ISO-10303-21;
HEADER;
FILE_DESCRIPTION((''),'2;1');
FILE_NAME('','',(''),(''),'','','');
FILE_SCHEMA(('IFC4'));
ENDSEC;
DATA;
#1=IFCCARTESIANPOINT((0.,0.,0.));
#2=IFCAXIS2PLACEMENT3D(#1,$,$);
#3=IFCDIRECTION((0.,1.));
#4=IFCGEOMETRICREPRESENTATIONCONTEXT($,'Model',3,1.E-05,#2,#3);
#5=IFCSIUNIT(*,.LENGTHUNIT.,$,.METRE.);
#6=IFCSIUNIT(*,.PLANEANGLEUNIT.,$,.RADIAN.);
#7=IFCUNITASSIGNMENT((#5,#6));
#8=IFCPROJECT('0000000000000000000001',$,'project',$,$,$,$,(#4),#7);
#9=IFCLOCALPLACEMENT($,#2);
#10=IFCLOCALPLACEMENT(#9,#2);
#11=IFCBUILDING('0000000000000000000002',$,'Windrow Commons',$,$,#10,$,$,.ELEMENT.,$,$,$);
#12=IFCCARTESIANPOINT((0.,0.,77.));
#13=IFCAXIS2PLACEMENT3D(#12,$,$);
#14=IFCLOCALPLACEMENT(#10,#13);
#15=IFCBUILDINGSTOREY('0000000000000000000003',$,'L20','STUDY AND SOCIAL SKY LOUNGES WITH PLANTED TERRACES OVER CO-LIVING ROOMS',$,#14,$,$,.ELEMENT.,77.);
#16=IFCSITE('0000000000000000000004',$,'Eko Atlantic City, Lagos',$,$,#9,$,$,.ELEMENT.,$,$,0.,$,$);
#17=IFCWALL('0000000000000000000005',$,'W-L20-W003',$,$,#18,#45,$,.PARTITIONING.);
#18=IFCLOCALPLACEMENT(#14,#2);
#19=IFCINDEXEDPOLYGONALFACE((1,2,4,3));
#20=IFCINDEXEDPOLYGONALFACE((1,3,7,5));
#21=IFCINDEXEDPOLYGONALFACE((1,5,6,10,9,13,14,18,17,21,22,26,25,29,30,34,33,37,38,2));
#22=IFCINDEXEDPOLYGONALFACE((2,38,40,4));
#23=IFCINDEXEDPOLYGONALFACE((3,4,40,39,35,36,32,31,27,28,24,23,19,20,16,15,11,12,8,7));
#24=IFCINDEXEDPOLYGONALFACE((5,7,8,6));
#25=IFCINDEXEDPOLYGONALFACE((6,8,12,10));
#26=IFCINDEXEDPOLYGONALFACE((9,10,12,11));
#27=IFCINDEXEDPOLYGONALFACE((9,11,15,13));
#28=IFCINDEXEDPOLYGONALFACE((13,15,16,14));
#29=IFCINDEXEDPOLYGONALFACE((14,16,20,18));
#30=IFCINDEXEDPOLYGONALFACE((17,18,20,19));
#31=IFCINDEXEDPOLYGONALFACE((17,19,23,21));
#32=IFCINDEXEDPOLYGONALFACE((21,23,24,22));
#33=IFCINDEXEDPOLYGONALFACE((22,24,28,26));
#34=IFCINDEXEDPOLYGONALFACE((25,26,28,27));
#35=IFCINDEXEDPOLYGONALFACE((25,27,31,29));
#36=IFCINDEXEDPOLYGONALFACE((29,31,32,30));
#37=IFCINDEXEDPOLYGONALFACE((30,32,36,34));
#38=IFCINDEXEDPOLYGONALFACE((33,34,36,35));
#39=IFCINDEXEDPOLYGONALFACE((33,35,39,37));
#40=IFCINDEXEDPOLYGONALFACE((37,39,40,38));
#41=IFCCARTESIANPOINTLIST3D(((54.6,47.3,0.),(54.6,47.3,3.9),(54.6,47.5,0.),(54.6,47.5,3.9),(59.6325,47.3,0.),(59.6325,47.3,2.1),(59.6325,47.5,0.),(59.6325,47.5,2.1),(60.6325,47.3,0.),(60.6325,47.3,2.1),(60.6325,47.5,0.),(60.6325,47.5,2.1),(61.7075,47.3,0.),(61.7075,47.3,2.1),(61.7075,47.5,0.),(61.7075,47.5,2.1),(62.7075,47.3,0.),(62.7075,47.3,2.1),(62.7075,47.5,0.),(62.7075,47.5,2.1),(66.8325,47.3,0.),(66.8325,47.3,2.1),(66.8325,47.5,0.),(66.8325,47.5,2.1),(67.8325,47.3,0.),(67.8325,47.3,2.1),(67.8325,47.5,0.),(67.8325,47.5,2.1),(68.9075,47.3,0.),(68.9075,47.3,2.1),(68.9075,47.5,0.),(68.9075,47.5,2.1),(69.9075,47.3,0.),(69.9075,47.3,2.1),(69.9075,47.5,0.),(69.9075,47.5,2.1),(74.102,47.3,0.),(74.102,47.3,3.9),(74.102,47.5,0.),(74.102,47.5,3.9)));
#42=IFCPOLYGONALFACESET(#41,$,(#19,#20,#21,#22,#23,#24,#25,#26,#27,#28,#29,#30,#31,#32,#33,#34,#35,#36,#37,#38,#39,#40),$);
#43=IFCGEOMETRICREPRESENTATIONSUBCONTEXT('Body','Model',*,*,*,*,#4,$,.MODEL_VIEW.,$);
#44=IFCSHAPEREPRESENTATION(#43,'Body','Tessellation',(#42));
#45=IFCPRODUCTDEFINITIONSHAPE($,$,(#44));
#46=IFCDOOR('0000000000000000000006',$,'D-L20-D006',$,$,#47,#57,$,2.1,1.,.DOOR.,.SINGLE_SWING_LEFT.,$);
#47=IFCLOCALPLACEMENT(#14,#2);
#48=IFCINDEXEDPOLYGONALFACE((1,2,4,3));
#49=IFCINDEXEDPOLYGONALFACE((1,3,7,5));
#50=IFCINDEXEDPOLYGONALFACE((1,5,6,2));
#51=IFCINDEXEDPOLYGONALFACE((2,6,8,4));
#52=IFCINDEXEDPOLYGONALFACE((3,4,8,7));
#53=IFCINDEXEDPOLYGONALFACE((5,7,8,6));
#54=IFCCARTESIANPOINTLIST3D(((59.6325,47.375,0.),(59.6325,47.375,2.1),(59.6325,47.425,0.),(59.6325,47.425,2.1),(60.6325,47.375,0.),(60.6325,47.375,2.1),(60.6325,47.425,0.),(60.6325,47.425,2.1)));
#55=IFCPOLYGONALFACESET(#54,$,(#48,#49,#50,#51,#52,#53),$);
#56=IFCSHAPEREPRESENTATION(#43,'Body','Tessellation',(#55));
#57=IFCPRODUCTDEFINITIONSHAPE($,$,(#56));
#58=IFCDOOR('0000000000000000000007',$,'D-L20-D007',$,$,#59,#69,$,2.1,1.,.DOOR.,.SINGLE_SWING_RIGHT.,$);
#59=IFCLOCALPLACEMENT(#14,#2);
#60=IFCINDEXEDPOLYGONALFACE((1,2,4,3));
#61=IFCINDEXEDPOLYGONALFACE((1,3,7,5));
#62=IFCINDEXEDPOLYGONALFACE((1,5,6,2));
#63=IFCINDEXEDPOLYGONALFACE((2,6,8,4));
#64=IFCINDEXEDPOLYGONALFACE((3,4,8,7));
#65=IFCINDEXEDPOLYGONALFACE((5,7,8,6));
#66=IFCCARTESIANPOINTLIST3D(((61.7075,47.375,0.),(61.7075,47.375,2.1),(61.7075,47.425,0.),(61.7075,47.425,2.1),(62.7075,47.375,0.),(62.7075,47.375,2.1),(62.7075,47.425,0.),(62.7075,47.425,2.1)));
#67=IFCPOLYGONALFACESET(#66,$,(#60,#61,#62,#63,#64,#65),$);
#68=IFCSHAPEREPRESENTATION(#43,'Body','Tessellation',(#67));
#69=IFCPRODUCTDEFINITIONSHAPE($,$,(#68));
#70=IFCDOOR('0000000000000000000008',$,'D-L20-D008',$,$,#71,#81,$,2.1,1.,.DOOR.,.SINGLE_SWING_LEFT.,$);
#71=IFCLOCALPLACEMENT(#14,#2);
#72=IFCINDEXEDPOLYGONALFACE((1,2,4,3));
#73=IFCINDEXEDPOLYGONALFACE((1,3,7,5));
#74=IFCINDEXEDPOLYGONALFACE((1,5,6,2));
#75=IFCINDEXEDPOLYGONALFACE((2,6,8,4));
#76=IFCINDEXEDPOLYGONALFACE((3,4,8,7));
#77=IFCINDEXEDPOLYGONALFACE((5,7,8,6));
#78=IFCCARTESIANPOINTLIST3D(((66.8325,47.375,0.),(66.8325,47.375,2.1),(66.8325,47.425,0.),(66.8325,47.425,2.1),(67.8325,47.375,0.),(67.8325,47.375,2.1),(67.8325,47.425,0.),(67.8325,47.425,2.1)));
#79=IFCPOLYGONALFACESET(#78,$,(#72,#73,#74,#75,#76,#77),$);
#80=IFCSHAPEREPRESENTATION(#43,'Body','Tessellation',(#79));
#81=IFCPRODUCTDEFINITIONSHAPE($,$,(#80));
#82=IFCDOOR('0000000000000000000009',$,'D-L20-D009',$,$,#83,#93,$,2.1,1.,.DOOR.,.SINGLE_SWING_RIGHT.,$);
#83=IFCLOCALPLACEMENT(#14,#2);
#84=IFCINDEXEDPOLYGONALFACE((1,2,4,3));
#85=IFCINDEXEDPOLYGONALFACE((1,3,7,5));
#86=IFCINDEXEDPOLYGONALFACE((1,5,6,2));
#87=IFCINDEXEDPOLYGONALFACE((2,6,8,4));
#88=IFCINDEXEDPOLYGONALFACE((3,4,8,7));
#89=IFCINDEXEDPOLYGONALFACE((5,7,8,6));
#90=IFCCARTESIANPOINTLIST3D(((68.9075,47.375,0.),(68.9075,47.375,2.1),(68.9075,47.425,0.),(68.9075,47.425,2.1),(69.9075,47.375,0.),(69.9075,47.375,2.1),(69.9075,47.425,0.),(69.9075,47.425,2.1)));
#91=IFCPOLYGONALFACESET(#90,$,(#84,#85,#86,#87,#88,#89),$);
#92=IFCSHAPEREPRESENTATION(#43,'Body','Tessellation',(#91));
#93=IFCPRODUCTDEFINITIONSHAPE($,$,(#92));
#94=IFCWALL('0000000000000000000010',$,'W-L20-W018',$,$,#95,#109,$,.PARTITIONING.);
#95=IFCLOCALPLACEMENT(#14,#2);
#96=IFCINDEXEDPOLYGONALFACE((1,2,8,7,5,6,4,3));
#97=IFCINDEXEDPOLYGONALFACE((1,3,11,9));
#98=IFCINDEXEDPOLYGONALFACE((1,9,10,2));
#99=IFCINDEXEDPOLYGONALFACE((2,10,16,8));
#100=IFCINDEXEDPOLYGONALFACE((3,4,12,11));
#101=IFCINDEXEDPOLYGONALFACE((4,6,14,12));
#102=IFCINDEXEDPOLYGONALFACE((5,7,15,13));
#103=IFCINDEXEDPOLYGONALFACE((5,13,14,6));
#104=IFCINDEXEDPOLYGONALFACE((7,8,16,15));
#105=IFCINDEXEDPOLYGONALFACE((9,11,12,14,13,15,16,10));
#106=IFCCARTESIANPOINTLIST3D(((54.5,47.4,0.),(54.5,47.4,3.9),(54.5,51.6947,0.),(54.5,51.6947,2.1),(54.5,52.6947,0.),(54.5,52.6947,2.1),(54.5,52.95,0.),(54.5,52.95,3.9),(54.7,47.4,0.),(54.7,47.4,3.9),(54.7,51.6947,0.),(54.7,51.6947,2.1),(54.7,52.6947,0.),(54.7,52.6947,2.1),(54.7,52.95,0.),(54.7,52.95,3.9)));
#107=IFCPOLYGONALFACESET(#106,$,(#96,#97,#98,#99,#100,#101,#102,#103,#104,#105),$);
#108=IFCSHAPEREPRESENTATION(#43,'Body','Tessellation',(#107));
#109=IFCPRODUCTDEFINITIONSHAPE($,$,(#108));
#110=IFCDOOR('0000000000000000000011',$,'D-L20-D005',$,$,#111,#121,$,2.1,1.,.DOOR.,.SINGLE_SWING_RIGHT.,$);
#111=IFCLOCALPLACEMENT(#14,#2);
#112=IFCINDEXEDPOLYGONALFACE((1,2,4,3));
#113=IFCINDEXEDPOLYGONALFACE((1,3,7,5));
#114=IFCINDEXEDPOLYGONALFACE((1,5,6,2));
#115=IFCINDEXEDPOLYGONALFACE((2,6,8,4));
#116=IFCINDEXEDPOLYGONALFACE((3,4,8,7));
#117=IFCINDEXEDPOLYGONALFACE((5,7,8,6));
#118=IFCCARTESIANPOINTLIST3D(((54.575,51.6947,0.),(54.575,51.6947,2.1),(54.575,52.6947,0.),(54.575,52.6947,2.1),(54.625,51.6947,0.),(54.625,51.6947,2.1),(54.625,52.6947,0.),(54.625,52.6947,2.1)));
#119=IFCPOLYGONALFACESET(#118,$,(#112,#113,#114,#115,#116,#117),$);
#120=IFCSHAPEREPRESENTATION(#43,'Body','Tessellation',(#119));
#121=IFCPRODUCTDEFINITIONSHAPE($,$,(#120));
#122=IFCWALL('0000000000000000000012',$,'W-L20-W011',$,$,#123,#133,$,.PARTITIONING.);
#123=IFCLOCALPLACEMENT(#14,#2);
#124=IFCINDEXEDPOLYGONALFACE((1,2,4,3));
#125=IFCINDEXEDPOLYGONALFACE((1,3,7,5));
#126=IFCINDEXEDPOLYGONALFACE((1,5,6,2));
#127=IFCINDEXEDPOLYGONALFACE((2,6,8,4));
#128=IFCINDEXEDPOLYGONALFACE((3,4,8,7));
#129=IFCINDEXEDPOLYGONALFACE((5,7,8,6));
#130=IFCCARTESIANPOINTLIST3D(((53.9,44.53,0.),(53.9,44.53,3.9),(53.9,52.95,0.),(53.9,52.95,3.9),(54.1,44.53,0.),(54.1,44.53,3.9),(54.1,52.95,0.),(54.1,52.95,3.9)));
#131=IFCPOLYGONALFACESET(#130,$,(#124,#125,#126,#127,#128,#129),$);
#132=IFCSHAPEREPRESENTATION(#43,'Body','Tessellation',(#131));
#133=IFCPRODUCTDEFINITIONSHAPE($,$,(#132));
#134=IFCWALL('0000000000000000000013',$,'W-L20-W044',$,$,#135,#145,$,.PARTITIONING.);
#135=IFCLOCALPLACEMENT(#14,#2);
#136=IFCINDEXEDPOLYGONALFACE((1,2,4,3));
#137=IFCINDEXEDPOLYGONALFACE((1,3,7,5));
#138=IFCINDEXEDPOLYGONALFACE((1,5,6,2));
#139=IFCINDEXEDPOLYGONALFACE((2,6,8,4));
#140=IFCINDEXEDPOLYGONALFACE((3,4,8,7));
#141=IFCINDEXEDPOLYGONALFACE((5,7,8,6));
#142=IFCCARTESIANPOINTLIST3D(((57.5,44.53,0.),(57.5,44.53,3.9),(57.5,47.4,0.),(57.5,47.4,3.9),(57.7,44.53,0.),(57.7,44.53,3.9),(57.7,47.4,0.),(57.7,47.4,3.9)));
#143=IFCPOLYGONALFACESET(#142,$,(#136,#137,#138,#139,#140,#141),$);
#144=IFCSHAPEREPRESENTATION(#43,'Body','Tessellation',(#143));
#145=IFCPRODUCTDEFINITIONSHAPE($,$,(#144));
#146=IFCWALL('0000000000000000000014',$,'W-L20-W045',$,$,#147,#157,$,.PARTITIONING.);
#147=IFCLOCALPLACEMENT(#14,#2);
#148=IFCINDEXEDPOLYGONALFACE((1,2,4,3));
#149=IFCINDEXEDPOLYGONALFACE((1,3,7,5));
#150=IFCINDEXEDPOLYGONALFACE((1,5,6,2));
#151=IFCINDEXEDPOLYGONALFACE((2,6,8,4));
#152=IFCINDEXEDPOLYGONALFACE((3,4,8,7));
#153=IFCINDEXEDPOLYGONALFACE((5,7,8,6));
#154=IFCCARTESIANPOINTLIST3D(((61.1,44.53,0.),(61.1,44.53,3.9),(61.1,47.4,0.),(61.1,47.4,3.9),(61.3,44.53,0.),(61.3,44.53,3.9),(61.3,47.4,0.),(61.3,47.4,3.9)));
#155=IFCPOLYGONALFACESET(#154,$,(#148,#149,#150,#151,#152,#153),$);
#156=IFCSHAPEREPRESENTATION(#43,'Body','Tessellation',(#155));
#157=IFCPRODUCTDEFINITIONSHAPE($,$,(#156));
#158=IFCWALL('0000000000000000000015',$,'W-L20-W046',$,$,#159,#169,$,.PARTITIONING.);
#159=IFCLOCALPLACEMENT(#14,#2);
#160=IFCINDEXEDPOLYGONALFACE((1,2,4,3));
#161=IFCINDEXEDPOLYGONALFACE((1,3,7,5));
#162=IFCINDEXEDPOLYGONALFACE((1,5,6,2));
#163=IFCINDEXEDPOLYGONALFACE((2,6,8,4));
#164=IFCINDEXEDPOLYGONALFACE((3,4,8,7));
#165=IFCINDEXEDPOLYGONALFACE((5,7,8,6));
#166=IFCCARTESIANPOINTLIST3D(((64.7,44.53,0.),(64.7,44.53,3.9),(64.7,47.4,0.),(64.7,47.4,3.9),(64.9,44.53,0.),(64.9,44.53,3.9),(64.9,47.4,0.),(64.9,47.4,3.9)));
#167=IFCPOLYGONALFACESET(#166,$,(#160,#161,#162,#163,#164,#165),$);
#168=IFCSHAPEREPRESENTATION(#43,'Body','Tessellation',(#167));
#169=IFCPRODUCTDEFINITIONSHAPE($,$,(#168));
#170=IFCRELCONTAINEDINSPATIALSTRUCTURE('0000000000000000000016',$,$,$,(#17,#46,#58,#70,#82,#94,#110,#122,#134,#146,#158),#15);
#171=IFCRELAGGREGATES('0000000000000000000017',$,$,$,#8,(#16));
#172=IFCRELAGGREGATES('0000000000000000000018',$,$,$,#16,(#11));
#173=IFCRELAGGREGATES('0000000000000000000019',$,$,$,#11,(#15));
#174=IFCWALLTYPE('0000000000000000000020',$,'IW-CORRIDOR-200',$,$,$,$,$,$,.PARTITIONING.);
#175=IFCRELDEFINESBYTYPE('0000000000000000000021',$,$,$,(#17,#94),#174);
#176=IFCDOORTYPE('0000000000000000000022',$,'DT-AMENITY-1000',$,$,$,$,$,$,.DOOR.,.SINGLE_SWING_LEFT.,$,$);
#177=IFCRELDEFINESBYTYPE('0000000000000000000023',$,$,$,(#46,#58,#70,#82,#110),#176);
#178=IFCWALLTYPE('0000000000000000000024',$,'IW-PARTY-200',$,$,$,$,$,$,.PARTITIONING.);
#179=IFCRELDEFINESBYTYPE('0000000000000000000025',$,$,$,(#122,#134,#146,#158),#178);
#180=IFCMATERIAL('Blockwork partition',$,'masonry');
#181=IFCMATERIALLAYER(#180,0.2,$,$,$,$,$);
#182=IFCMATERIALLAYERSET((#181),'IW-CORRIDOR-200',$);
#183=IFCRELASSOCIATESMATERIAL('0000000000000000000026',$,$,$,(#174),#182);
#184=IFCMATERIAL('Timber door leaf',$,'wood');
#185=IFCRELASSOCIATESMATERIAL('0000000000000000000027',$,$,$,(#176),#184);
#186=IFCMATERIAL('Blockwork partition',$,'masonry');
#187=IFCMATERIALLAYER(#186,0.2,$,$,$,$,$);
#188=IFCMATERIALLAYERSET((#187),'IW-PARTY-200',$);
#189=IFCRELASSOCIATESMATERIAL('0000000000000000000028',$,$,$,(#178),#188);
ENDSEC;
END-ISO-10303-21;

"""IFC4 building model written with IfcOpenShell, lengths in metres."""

from ifc_helpers import new_model, si_unit, direction, frame, frame_2d, origin, place, context, subcontext, project, spatial, rectangle, extrude, material, layer, layer_set, type_object, element, fill, save


model = new_model("IFC4")

# Units and contexts
model_context = context("Model", 3, precision=1e-05, world=origin(), true_north=direction((0.0, 1.0)))
body_context = subcontext(model_context, "Body", "Model", "MODEL_VIEW")
ifc_project = project(units=[si_unit("LENGTHUNIT", "METRE"), si_unit("PLANEANGLEUNIT", "RADIAN")], contexts=[model_context])

# Site, building, storey
site_placement = place(None, origin())
site = spatial("IfcSite", under=ifc_project, at=site_placement, Name="Eko Atlantic City, Lagos", CompositionType="ELEMENT", RefElevation=0.0)
building_placement = place(site_placement, origin())
building = spatial("IfcBuilding", under=site, at=building_placement, Name="Windrow Commons", CompositionType="ELEMENT")
storey_placement = place(building_placement, frame((0.0, 0.0, 77.0)))
storey = spatial("IfcBuildingStorey", under=building, at=storey_placement, Name="L20", Description="STUDY AND SOCIAL SKY LOUNGES WITH PLANTED TERRACES OVER CO-LIVING ROOMS", CompositionType="ELEMENT", Elevation=77.0)

# Wall, openings, doors
ifc_material_1 = material(Name="Blockwork partition", Category="masonry")
ifc_layer_1 = layer(ifc_material_1, 0.2)
ifc_layer_set_1 = layer_set([ifc_layer_1], Name="IW-CORRIDOR-200")
wall_type_1 = type_object("IfcWallType", Name="IW-CORRIDOR-200", PredefinedType="PARTITIONING", material=ifc_layer_set_1)
wall_1_placement = place(storey_placement, frame((54.6, 47.4, 0.0), z_axis=(0.0, 0.0, 1.0), x_axis=(1.0, 0.0, 0.0)))
wall_1 = element("IfcWall", 1, at=wall_1_placement, inside=storey, type_object=wall_type_1, Name="W-L20-W003", PredefinedType="PARTITIONING", context=body_context, shape_type="SweptSolid", body=[
    extrude(rectangle(XDim=19.502, YDim=0.2, at=frame_2d((9.751, 0.0))), origin(), (0.0, 0.0, 1.0), 3.9),
])
opening_1_placement = place(wall_1_placement, frame((5.0325, 0.0, 0.0)))
opening_1 = element("IfcOpeningElement", 2, at=opening_1_placement, cuts=wall_1, PredefinedType="OPENING", context=body_context, shape_type="SweptSolid", body=[
    extrude(rectangle(XDim=1.0, YDim=2.1, at=frame_2d((0.5, 1.05))), frame((0.0, 0.11, 0.0), z_axis=(0.0, -1.0, 0.0), x_axis=(1.0, 0.0, 0.0)), (0.0, 0.0, 1.0), 0.22),
])
opening_2_placement = place(wall_1_placement, frame((7.1075, 0.0, 0.0)))
opening_2 = element("IfcOpeningElement", 3, at=opening_2_placement, cuts=wall_1, PredefinedType="OPENING", context=body_context, shape_type="SweptSolid", body=[
    extrude(rectangle(XDim=1.0, YDim=2.1, at=frame_2d((0.5, 1.05))), frame((0.0, 0.11, 0.0), z_axis=(0.0, -1.0, 0.0), x_axis=(1.0, 0.0, 0.0)), (0.0, 0.0, 1.0), 0.22),
])
opening_3_placement = place(wall_1_placement, frame((12.2325, 0.0, 0.0)))
opening_3 = element("IfcOpeningElement", 4, at=opening_3_placement, cuts=wall_1, PredefinedType="OPENING", context=body_context, shape_type="SweptSolid", body=[
    extrude(rectangle(XDim=1.0, YDim=2.1, at=frame_2d((0.5, 1.05))), frame((0.0, 0.11, 0.0), z_axis=(0.0, -1.0, 0.0), x_axis=(1.0, 0.0, 0.0)), (0.0, 0.0, 1.0), 0.22),
])
opening_4_placement = place(wall_1_placement, frame((14.3075, 0.0, 0.0)))
opening_4 = element("IfcOpeningElement", 5, at=opening_4_placement, cuts=wall_1, PredefinedType="OPENING", context=body_context, shape_type="SweptSolid", body=[
    extrude(rectangle(XDim=1.0, YDim=2.1, at=frame_2d((0.5, 1.05))), frame((0.0, 0.11, 0.0), z_axis=(0.0, -1.0, 0.0), x_axis=(1.0, 0.0, 0.0)), (0.0, 0.0, 1.0), 0.22),
])
ifc_material_2 = material(Name="Timber door leaf", Category="wood")
door_type = type_object("IfcDoorType", Name="DT-AMENITY-1000", OperationType="SINGLE_SWING_LEFT", PredefinedType="DOOR", material=ifc_material_2)
door_1_placement = place(opening_1_placement, origin())
door_1 = element("IfcDoor", 6, at=door_1_placement, inside=storey, type_object=door_type, Name="D-L20-D006", OperationType="SINGLE_SWING_LEFT", OverallHeight=2.1, OverallWidth=1.0, PredefinedType="DOOR", context=body_context, shape_type="SweptSolid", body=[
    extrude(rectangle(XDim=1.0, YDim=2.1, at=frame_2d((0.5, 1.05))), frame((0.0, 0.025, 0.0), z_axis=(0.0, -1.0, 0.0), x_axis=(1.0, 0.0, 0.0)), (0.0, 0.0, 1.0), 0.05),
])
fill(opening_1, door_1)
door_2_placement = place(opening_2_placement, origin())
door_2 = element("IfcDoor", 7, at=door_2_placement, inside=storey, type_object=door_type, Name="D-L20-D007", OperationType="SINGLE_SWING_RIGHT", OverallHeight=2.1, OverallWidth=1.0, PredefinedType="DOOR", context=body_context, shape_type="SweptSolid", body=[
    extrude(rectangle(XDim=1.0, YDim=2.1, at=frame_2d((0.5, 1.05))), frame((0.0, 0.025, 0.0), z_axis=(0.0, -1.0, 0.0), x_axis=(1.0, 0.0, 0.0)), (0.0, 0.0, 1.0), 0.05),
])
fill(opening_2, door_2)
door_3_placement = place(opening_3_placement, origin())
door_3 = element("IfcDoor", 8, at=door_3_placement, inside=storey, type_object=door_type, Name="D-L20-D008", OperationType="SINGLE_SWING_LEFT", OverallHeight=2.1, OverallWidth=1.0, PredefinedType="DOOR", context=body_context, shape_type="SweptSolid", body=[
    extrude(rectangle(XDim=1.0, YDim=2.1, at=frame_2d((0.5, 1.05))), frame((0.0, 0.025, 0.0), z_axis=(0.0, -1.0, 0.0), x_axis=(1.0, 0.0, 0.0)), (0.0, 0.0, 1.0), 0.05),
])
fill(opening_3, door_3)
door_4_placement = place(opening_4_placement, origin())
door_4 = element("IfcDoor", 9, at=door_4_placement, inside=storey, type_object=door_type, Name="D-L20-D009", OperationType="SINGLE_SWING_RIGHT", OverallHeight=2.1, OverallWidth=1.0, PredefinedType="DOOR", context=body_context, shape_type="SweptSolid", body=[
    extrude(rectangle(XDim=1.0, YDim=2.1, at=frame_2d((0.5, 1.05))), frame((0.0, 0.025, 0.0), z_axis=(0.0, -1.0, 0.0), x_axis=(1.0, 0.0, 0.0)), (0.0, 0.0, 1.0), 0.05),
])
fill(opening_4, door_4)

# Wall, opening, door
wall_2_placement = place(storey_placement, frame((54.6, 47.4, 0.0), z_axis=(0.0, 0.0, 1.0), x_axis=(0.0, 1.0, 0.0)))
wall_2 = element("IfcWall", 10, at=wall_2_placement, inside=storey, type_object=wall_type_1, Name="W-L20-W018", PredefinedType="PARTITIONING", context=body_context, shape_type="SweptSolid", body=[
    extrude(rectangle(XDim=5.55, YDim=0.2, at=frame_2d((2.775, 0.0))), origin(), (0.0, 0.0, 1.0), 3.9),
])
opening_5_placement = place(wall_2_placement, frame((4.2947, 0.0, 0.0)))
opening_5 = element("IfcOpeningElement", 11, at=opening_5_placement, cuts=wall_2, PredefinedType="OPENING", context=body_context, shape_type="SweptSolid", body=[
    extrude(rectangle(XDim=1.0, YDim=2.1, at=frame_2d((0.5, 1.05))), frame((0.0, 0.11, 0.0), z_axis=(0.0, -1.0, 0.0), x_axis=(1.0, 0.0, 0.0)), (0.0, 0.0, 1.0), 0.22),
])
door_5_placement = place(opening_5_placement, origin())
door_5 = element("IfcDoor", 12, at=door_5_placement, inside=storey, type_object=door_type, Name="D-L20-D005", OperationType="SINGLE_SWING_RIGHT", OverallHeight=2.1, OverallWidth=1.0, PredefinedType="DOOR", context=body_context, shape_type="SweptSolid", body=[
    extrude(rectangle(XDim=1.0, YDim=2.1, at=frame_2d((0.5, 1.05))), frame((0.0, 0.025, 0.0), z_axis=(0.0, -1.0, 0.0), x_axis=(1.0, 0.0, 0.0)), (0.0, 0.0, 1.0), 0.05),
])
fill(opening_5, door_5)

# Walls
ifc_material_3 = material(Name="Blockwork partition", Category="masonry")
ifc_layer_2 = layer(ifc_material_3, 0.2)
ifc_layer_set_2 = layer_set([ifc_layer_2], Name="IW-PARTY-200")
wall_type_2 = type_object("IfcWallType", Name="IW-PARTY-200", PredefinedType="PARTITIONING", material=ifc_layer_set_2)
wall_3_placement = place(storey_placement, frame((54.0, 44.53, 0.0), z_axis=(0.0, 0.0, 1.0), x_axis=(0.0, 1.0, 0.0)))
element("IfcWall", 13, at=wall_3_placement, inside=storey, type_object=wall_type_2, Name="W-L20-W011", PredefinedType="PARTITIONING", context=body_context, shape_type="SweptSolid", body=[
    extrude(rectangle(XDim=8.42, YDim=0.2, at=frame_2d((4.21, 0.0))), origin(), (0.0, 0.0, 1.0), 3.9),
])
for number, where, z_axis, x_axis, name in (
    (14, (57.6, 44.53, 0.0), (0.0, 0.0, 1.0), (0.0, 1.0, 0.0), "W-L20-W044"),
    (15, (61.2, 44.53, 0.0), (0.0, 0.0, 1.0), (0.0, 1.0, 0.0), "W-L20-W045"),
    (16, (64.8, 44.53, 0.0), (0.0, 0.0, 1.0), (0.0, 1.0, 0.0), "W-L20-W046"),
):
    element("IfcWall", number, at=place(storey_placement, frame(where, z_axis=z_axis, x_axis=x_axis)), inside=storey, type_object=wall_type_2, Name=name, PredefinedType="PARTITIONING", context=body_context, shape_type="SweptSolid", body=[
        extrude(rectangle(XDim=2.87, YDim=0.2, at=frame_2d((1.435, 0.0))), origin(), (0.0, 0.0, 1.0), 3.9),
    ])

save(model, "model.ifc")
